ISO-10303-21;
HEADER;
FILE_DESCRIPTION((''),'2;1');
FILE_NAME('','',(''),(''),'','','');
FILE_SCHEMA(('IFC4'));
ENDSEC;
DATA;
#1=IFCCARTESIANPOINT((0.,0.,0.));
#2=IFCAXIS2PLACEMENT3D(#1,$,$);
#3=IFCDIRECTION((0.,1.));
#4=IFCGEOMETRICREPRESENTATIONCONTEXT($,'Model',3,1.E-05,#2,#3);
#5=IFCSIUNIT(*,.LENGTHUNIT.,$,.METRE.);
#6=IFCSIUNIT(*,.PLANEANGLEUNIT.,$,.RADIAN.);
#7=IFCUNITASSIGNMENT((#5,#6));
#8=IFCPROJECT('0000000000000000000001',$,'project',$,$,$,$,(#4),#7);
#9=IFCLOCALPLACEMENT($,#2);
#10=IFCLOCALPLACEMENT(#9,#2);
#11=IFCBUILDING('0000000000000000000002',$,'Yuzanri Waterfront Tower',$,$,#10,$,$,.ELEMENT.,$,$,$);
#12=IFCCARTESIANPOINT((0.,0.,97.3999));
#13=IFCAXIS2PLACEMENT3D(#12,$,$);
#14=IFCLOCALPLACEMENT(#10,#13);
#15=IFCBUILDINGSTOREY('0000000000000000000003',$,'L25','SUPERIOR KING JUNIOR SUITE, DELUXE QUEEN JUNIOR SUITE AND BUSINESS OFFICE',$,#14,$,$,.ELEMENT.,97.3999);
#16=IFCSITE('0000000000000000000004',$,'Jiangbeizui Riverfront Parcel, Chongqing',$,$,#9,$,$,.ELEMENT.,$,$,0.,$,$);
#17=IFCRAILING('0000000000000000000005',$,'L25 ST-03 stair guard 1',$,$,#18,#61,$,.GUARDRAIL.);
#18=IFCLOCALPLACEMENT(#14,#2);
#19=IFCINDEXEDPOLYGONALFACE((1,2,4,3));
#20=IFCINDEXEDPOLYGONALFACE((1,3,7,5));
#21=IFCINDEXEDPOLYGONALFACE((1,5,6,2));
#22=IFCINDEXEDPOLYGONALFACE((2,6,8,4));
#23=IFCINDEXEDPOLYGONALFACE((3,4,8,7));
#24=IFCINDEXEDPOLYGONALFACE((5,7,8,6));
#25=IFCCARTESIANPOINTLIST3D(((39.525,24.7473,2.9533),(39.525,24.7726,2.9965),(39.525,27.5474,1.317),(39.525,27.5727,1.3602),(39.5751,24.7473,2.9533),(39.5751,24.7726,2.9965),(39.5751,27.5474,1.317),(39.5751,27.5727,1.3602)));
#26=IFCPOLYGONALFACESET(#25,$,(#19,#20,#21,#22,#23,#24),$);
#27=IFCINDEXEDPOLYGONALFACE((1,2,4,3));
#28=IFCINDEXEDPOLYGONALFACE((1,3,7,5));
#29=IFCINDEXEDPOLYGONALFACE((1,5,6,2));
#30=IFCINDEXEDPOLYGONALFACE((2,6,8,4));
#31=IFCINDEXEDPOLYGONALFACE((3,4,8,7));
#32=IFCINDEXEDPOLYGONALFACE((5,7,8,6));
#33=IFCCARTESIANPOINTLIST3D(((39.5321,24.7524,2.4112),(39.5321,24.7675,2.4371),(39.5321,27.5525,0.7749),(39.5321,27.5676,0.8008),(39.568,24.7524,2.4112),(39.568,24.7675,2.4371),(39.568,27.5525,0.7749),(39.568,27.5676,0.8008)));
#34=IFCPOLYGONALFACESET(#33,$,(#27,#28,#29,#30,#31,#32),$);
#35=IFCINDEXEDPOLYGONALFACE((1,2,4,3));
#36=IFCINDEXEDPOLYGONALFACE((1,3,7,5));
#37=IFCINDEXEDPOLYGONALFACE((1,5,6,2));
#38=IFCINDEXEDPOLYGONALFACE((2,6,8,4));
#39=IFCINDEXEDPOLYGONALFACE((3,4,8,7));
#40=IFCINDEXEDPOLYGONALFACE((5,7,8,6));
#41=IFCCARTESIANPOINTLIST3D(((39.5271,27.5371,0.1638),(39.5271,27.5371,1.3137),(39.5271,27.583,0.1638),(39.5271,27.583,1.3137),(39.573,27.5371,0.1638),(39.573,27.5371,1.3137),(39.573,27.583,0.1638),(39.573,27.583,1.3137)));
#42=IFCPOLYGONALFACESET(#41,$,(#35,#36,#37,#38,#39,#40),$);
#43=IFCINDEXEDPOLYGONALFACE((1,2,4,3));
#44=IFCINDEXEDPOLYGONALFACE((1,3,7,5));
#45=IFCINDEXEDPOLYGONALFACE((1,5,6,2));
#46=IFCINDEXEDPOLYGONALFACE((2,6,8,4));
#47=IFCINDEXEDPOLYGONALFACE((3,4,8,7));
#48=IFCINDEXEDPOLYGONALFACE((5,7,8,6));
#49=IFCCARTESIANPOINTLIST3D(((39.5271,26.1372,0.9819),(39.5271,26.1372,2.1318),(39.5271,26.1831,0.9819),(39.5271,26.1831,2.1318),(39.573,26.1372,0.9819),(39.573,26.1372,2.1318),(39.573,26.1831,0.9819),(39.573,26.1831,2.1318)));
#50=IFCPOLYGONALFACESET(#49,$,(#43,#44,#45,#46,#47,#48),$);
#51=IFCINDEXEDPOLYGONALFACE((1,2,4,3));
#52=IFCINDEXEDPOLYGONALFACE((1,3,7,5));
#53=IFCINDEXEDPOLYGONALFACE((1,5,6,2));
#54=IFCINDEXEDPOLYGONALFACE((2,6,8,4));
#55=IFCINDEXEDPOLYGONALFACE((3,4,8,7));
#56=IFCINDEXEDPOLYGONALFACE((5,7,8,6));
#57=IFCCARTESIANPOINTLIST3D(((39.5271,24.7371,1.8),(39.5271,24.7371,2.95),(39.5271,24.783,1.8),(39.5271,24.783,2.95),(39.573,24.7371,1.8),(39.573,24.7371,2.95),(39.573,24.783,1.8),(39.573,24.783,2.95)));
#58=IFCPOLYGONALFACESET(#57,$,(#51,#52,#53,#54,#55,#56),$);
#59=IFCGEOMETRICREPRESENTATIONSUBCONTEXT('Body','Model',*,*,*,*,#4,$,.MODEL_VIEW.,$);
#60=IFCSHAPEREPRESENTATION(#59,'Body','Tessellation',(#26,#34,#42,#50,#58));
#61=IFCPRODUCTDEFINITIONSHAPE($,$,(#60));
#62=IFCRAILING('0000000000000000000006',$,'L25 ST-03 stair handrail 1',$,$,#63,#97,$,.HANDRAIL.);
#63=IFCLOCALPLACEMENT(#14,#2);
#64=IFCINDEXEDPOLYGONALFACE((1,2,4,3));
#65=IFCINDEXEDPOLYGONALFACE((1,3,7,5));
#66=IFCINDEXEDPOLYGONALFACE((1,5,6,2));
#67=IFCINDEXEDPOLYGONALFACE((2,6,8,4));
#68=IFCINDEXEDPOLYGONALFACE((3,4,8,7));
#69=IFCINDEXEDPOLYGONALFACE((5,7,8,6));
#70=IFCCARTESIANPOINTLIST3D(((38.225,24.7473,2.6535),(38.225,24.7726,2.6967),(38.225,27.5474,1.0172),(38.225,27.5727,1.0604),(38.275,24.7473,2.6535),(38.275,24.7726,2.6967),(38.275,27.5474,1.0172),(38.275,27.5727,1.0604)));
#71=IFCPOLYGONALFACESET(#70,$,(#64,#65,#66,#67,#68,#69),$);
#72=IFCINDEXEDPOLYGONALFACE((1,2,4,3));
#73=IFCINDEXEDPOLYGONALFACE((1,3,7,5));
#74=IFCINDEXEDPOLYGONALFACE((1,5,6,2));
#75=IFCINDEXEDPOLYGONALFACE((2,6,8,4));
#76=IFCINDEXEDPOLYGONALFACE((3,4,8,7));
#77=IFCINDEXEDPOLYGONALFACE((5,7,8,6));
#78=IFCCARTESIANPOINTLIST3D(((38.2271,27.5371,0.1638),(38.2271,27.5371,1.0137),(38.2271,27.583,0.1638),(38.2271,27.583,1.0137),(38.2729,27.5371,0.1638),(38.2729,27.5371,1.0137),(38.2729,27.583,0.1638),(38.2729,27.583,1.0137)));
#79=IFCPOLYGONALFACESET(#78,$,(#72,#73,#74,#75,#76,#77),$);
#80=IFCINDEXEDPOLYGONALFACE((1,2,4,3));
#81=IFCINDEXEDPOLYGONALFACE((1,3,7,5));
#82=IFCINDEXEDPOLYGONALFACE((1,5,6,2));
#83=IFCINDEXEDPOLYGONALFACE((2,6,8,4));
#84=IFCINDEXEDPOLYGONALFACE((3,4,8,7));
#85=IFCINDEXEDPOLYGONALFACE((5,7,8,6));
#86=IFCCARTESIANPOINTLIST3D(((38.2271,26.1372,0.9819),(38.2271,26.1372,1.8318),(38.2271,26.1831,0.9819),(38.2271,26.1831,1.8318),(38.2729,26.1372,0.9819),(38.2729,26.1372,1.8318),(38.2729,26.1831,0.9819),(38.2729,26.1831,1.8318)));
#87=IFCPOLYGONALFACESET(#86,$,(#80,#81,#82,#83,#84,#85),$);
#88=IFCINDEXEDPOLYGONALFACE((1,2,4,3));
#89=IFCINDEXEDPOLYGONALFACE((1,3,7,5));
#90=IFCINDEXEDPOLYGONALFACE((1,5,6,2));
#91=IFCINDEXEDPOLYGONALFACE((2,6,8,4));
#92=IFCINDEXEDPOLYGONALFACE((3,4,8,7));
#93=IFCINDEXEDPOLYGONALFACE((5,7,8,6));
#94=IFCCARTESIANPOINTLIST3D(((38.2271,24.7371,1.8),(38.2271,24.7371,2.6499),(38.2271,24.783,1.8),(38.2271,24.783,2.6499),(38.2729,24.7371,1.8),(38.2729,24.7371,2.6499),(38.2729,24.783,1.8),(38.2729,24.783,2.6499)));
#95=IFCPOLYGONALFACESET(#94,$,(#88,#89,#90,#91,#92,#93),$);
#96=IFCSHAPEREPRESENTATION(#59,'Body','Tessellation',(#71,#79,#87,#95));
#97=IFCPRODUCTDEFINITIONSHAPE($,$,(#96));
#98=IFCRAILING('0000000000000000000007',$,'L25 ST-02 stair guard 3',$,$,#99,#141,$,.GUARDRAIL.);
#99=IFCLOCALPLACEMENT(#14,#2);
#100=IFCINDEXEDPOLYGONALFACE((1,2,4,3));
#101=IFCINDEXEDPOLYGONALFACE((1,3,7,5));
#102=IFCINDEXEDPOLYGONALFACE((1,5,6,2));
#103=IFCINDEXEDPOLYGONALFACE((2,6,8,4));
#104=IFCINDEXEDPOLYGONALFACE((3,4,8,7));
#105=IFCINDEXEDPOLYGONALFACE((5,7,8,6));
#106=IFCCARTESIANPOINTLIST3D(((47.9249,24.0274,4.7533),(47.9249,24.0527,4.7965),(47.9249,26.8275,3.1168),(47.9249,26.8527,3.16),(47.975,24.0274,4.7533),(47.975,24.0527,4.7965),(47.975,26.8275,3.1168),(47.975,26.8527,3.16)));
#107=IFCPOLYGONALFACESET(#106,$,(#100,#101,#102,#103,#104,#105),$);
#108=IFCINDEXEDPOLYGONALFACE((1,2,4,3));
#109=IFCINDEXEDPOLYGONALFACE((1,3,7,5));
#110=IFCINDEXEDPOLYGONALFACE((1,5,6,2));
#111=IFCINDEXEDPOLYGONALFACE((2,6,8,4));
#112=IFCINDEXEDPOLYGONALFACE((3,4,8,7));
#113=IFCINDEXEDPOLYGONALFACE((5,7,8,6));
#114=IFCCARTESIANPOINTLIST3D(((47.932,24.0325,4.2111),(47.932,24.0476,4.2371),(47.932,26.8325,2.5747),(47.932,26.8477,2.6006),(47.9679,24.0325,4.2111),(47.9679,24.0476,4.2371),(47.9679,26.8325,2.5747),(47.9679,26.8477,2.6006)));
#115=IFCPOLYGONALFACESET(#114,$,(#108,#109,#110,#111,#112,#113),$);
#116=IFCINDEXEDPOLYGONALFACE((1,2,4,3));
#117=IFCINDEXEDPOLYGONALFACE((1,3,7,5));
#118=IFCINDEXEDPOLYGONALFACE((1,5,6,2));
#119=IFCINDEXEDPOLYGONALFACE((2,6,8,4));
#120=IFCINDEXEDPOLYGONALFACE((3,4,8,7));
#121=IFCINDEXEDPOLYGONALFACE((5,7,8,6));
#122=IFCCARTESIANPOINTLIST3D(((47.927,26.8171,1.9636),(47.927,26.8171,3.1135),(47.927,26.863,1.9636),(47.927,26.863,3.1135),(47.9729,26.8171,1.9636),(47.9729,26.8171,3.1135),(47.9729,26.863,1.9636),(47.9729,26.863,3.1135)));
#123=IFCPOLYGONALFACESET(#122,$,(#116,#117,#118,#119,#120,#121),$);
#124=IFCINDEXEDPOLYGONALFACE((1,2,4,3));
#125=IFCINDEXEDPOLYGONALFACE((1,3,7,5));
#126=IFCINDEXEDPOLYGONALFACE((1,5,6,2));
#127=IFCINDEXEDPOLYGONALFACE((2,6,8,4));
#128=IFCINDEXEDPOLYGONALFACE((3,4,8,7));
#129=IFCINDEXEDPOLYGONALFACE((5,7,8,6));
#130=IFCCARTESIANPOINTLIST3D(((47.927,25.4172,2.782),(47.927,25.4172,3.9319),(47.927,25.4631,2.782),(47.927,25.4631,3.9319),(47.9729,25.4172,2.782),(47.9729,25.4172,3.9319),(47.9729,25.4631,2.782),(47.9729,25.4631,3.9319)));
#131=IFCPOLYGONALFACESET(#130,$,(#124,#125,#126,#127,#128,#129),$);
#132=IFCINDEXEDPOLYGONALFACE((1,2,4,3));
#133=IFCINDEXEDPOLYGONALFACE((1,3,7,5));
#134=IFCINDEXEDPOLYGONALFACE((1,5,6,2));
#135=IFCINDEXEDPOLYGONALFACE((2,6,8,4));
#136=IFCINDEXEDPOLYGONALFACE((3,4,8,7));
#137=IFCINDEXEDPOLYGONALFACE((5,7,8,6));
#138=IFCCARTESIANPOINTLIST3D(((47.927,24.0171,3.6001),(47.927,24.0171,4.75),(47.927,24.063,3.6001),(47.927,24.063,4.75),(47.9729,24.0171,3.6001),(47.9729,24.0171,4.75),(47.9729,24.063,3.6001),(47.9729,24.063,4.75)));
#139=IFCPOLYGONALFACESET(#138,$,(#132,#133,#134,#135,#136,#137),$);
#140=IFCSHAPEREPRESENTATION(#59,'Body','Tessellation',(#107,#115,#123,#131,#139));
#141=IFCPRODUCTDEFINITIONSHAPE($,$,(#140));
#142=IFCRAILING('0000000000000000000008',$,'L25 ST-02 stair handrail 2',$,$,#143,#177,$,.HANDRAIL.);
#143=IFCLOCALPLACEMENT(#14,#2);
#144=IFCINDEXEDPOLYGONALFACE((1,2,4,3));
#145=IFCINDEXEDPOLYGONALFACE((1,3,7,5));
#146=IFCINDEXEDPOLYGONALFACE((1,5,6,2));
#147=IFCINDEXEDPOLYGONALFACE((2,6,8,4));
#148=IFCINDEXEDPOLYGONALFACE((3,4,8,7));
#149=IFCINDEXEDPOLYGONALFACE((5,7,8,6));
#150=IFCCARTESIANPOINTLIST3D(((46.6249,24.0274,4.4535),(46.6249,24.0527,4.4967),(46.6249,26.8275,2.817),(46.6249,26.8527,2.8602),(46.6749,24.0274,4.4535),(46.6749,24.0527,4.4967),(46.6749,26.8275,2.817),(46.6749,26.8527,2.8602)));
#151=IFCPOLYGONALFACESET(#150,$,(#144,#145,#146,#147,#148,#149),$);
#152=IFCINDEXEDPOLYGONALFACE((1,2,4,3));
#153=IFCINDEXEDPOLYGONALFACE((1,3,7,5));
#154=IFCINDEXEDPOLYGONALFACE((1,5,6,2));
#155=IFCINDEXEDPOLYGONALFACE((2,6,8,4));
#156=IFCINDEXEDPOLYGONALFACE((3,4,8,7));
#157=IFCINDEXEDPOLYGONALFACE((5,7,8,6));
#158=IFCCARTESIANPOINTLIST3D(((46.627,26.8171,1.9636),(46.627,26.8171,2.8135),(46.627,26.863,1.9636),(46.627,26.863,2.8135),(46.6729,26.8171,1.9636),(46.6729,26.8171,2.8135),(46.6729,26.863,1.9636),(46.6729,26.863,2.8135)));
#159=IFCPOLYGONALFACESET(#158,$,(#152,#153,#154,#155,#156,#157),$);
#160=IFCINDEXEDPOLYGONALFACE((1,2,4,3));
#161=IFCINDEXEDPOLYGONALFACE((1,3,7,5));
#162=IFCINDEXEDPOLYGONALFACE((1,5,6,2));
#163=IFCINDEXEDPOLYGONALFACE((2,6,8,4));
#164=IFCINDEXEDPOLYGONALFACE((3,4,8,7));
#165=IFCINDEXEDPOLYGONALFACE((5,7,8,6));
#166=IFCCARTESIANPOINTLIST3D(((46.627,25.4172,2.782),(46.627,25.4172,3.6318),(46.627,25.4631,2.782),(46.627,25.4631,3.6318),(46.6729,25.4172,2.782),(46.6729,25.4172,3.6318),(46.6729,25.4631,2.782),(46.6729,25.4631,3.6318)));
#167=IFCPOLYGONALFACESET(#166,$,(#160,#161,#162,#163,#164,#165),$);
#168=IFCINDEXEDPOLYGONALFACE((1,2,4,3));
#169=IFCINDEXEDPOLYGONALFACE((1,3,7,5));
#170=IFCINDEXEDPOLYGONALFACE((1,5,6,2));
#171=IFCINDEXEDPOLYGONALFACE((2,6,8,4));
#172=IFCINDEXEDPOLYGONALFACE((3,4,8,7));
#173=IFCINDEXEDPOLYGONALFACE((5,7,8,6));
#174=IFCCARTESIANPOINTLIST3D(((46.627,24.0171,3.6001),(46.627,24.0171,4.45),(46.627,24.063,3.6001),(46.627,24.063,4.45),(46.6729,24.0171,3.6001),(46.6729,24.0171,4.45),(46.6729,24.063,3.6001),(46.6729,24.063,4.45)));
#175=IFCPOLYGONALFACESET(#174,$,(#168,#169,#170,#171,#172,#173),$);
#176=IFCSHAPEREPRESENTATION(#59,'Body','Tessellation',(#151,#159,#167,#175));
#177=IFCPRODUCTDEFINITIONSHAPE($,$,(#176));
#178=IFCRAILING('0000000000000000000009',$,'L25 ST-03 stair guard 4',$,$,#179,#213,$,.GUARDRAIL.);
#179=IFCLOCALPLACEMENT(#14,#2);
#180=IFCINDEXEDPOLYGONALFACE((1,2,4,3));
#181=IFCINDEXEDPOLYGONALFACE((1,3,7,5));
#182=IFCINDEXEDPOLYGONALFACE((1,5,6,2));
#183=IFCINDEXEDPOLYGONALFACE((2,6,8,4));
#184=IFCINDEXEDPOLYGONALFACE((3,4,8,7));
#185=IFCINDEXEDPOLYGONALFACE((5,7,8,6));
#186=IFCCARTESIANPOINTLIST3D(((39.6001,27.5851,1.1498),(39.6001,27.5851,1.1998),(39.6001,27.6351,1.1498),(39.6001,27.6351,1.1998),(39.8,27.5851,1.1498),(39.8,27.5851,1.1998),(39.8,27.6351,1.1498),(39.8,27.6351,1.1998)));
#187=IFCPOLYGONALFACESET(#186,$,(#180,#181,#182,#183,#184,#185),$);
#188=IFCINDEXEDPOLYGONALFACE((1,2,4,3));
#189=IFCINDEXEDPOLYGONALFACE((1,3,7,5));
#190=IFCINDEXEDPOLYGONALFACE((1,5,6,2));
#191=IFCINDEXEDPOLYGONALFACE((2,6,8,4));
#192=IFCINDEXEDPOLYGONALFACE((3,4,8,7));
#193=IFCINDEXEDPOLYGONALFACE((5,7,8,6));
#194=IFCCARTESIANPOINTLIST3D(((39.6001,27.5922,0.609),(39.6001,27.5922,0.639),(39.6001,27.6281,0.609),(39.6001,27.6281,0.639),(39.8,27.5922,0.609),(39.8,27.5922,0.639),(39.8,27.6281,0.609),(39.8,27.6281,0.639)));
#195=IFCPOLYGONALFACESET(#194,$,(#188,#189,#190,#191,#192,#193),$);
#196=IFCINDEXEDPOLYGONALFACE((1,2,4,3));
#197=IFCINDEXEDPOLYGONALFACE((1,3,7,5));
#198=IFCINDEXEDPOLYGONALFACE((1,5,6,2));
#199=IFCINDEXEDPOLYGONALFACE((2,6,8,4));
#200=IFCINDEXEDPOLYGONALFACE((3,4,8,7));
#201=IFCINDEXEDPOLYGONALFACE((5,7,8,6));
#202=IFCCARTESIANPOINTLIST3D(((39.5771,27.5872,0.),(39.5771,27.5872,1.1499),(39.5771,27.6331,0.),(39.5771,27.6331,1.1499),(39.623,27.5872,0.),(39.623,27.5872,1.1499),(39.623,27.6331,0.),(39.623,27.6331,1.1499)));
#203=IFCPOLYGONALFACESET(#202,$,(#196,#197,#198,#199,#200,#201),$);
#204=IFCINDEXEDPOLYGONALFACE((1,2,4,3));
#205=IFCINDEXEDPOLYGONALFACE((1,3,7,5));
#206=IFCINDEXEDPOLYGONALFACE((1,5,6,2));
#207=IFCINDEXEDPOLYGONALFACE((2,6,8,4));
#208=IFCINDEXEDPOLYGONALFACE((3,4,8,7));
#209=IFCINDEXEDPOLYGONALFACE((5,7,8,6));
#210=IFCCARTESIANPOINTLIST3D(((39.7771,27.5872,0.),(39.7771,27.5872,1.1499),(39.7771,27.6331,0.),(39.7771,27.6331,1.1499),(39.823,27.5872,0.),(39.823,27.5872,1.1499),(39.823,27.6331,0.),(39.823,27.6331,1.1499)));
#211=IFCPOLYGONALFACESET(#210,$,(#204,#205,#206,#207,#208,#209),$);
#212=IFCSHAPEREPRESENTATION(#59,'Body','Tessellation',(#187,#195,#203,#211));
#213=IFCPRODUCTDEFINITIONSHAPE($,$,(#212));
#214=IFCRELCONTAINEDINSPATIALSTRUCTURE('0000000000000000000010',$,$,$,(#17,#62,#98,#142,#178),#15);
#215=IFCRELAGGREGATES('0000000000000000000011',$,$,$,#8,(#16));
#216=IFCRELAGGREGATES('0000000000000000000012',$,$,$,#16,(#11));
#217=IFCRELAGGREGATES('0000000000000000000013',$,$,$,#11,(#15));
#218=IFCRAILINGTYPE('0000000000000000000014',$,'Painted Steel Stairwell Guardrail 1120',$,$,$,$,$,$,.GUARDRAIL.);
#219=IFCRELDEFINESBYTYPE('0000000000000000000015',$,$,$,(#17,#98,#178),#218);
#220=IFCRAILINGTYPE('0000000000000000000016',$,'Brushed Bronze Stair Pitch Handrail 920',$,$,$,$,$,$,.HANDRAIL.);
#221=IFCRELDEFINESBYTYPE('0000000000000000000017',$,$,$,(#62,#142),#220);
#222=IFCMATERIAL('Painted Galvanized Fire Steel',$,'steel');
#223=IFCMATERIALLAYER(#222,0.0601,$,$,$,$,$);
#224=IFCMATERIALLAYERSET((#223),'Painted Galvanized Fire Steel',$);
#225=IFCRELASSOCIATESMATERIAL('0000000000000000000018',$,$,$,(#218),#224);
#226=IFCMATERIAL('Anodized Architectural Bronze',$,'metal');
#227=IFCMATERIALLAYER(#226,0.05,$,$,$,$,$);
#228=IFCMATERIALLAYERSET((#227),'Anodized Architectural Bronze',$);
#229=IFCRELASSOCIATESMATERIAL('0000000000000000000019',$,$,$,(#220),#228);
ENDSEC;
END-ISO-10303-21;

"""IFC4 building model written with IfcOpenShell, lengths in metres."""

from ifc_helpers import new_model, si_unit, direction, frame, origin, origin_2d, place, context, subcontext, project, spatial, rectangle, extrude, source, transform, mapped, material, layer, layer_set, type_object, element, save


model = new_model("IFC4")

# Units and contexts
model_context = context("Model", 3, precision=1e-05, world=origin(), true_north=direction((0.0, 1.0)))
body_context = subcontext(model_context, "Body", "Model", "MODEL_VIEW")
ifc_project = project(units=[si_unit("LENGTHUNIT", "METRE"), si_unit("PLANEANGLEUNIT", "RADIAN")], contexts=[model_context])

# Site, building, storey
site_placement = place(None, origin())
site = spatial("IfcSite", under=ifc_project, at=site_placement, Name="Jiangbeizui Riverfront Parcel, Chongqing", CompositionType="ELEMENT", RefElevation=0.0)
building_placement = place(site_placement, origin())
building = spatial("IfcBuilding", under=site, at=building_placement, Name="Yuzanri Waterfront Tower", CompositionType="ELEMENT")
storey_placement = place(building_placement, frame((0.0, 0.0, 97.3999)))
storey = spatial("IfcBuildingStorey", under=building, at=storey_placement, Name="L25", Description="SUPERIOR KING JUNIOR SUITE, DELUXE QUEEN JUNIOR SUITE AND BUSINESS OFFICE", CompositionType="ELEMENT", Elevation=97.3999)

# Railings
ifc_material_1 = material(Name="Painted Galvanized Fire Steel", Category="steel")
ifc_layer_1 = layer(ifc_material_1, 0.0601)
ifc_layer_set_1 = layer_set([ifc_layer_1], Name="Painted Galvanized Fire Steel")
railing_type_1 = type_object("IfcRailingType", Name="Painted Steel Stairwell Guardrail 1120", PredefinedType="GUARDRAIL", material=ifc_layer_set_1)
shared_shape_1 = source(origin(), body_context, "Body", "SweptSolid", [
    extrude(rectangle(XDim=0.05, YDim=0.05, at=origin_2d()), frame((0.0, 0.0, 1.1748), z_axis=(0.0, -0.863394, 0.504531), x_axis=(1.0, 0.0, 0.0)), (0.0, 0.0, 1.0), 3.2432),
    extrude(rectangle(XDim=0.0359, YDim=0.03, at=origin_2d()), frame((0.0, 0.0, 0.624), z_axis=(0.0, -0.863394, 0.504531), x_axis=(1.0, 0.0, 0.0)), (0.0, 0.0, 1.0), 3.2432),
    extrude(rectangle(XDim=0.0459, YDim=0.0459, at=origin_2d()), origin(), (0.0, 0.0, 1.0), 1.1499),
    extrude(rectangle(XDim=0.0459, YDim=0.0459, at=origin_2d()), frame((0.0, -1.3999, 0.8181)), (0.0, 0.0, 1.0), 1.1499),
    extrude(rectangle(XDim=0.0459, YDim=0.0459, at=origin_2d()), frame((0.0, -2.8, 1.6362)), (0.0, 0.0, 1.0), 1.1499),
])
railing_1_placement = place(storey_placement, frame((39.55, 27.5601, 0.1638)))
element("IfcRailing", 1, at=railing_1_placement, inside=storey, type_object=railing_type_1, Name="L25 ST-03 stair guard 1", PredefinedType="GUARDRAIL", context=body_context, shape_type="MappedRepresentation", body=[
    mapped(shared_shape_1, transform((0.0, 0.0, 0.0), scale=1.0)),
])
ifc_material_2 = material(Name="Anodized Architectural Bronze", Category="metal")
ifc_layer_2 = layer(ifc_material_2, 0.05)
ifc_layer_set_2 = layer_set([ifc_layer_2], Name="Anodized Architectural Bronze")
railing_type_2 = type_object("IfcRailingType", Name="Brushed Bronze Stair Pitch Handrail 920", PredefinedType="HANDRAIL", material=ifc_layer_set_2)
shared_shape_2 = source(origin(), body_context, "Body", "SweptSolid", [
    extrude(rectangle(XDim=0.05, YDim=0.05, at=origin_2d()), frame((0.0, 0.0, 0.875), z_axis=(0.0, -0.863394, 0.504531), x_axis=(1.0, 0.0, 0.0)), (0.0, 0.0, 1.0), 3.2432),
    extrude(rectangle(XDim=0.0459, YDim=0.0459, at=origin_2d()), origin(), (0.0, 0.0, 1.0), 0.8499),
    extrude(rectangle(XDim=0.0459, YDim=0.0459, at=origin_2d()), frame((0.0, -1.3999, 0.8181)), (0.0, 0.0, 1.0), 0.8499),
    extrude(rectangle(XDim=0.0459, YDim=0.0459, at=origin_2d()), frame((0.0, -2.8, 1.6362)), (0.0, 0.0, 1.0), 0.8499),
])
railing_2_placement = place(storey_placement, frame((38.25, 27.5601, 0.1638)))
element("IfcRailing", 2, at=railing_2_placement, inside=storey, type_object=railing_type_2, Name="L25 ST-03 stair handrail 1", PredefinedType="HANDRAIL", context=body_context, shape_type="MappedRepresentation", body=[
    mapped(shared_shape_2, transform((0.0, 0.0, 0.0), scale=1.0)),
])
shared_shape_3 = source(origin(), body_context, "Body", "SweptSolid", [
    extrude(rectangle(XDim=0.05, YDim=0.05, at=origin_2d()), frame((0.0, 0.0, 1.1748), z_axis=(0.0, -0.863361, 0.504587), x_axis=(1.0, 0.0, 0.0)), (0.0, 0.0, 1.0), 3.2432),
    extrude(rectangle(XDim=0.0359, YDim=0.03, at=origin_2d()), frame((0.0, 0.0, 0.624), z_axis=(0.0, -0.863361, 0.504587), x_axis=(1.0, 0.0, 0.0)), (0.0, 0.0, 1.0), 3.2432),
    extrude(rectangle(XDim=0.0459, YDim=0.0459, at=origin_2d()), origin(), (0.0, 0.0, 1.0), 1.1499),
    extrude(rectangle(XDim=0.0459, YDim=0.0459, at=origin_2d()), frame((0.0, -1.3999, 0.8184)), (0.0, 0.0, 1.0), 1.1499),
    extrude(rectangle(XDim=0.0459, YDim=0.0459, at=origin_2d()), frame((0.0, -2.8, 1.6365)), (0.0, 0.0, 1.0), 1.1499),
])
railing_3_placement = place(storey_placement, frame((47.95, 26.8401, 1.9636)))
element("IfcRailing", 3, at=railing_3_placement, inside=storey, type_object=railing_type_1, Name="L25 ST-02 stair guard 3", PredefinedType="GUARDRAIL", context=body_context, shape_type="MappedRepresentation", body=[
    mapped(shared_shape_3, transform((0.0, 0.0, 0.0), scale=1.0)),
])
shared_shape_4 = source(origin(), body_context, "Body", "SweptSolid", [
    extrude(rectangle(XDim=0.05, YDim=0.05, at=origin_2d()), frame((0.0, 0.0, 0.875), z_axis=(0.0, -0.863361, 0.504587), x_axis=(1.0, 0.0, 0.0)), (0.0, 0.0, 1.0), 3.2432),
    extrude(rectangle(XDim=0.0459, YDim=0.0459, at=origin_2d()), origin(), (0.0, 0.0, 1.0), 0.8499),
    extrude(rectangle(XDim=0.0459, YDim=0.0459, at=origin_2d()), frame((0.0, -1.3999, 0.8184)), (0.0, 0.0, 1.0), 0.8499),
    extrude(rectangle(XDim=0.0459, YDim=0.0459, at=origin_2d()), frame((0.0, -2.8, 1.6365)), (0.0, 0.0, 1.0), 0.8499),
])
railing_4_placement = place(storey_placement, frame((46.6499, 26.8401, 1.9636)))
element("IfcRailing", 4, at=railing_4_placement, inside=storey, type_object=railing_type_2, Name="L25 ST-02 stair handrail 2", PredefinedType="HANDRAIL", context=body_context, shape_type="MappedRepresentation", body=[
    mapped(shared_shape_4, transform((0.0, 0.0, 0.0), scale=1.0)),
])
shared_shape_5 = source(origin(), body_context, "Body", "SweptSolid", [
    extrude(rectangle(XDim=0.05, YDim=0.05, at=origin_2d()), frame((0.0, 0.0, 1.1748), z_axis=(1.0, 0.0, 0.0), x_axis=(0.0, 1.0, 0.0)), (0.0, 0.0, 1.0), 0.2),
    extrude(rectangle(XDim=0.0359, YDim=0.03, at=origin_2d()), frame((0.0, 0.0, 0.624), z_axis=(1.0, 0.0, 0.0), x_axis=(0.0, 1.0, 0.0)), (0.0, 0.0, 1.0), 0.2),
    extrude(rectangle(XDim=0.0459, YDim=0.0459, at=origin_2d()), origin(), (0.0, 0.0, 1.0), 1.1499),
    extrude(rectangle(XDim=0.0459, YDim=0.0459, at=origin_2d()), frame((0.2, 0.0, 0.0)), (0.0, 0.0, 1.0), 1.1499),
])
railing_5_placement = place(storey_placement, frame((39.6001, 27.6101, 0.0)))
element("IfcRailing", 5, at=railing_5_placement, inside=storey, type_object=railing_type_1, Name="L25 ST-03 stair guard 4", PredefinedType="GUARDRAIL", context=body_context, shape_type="MappedRepresentation", body=[
    mapped(shared_shape_5, transform((0.0, 0.0, 0.0), scale=1.0)),
])

save(model, "model.ifc")
